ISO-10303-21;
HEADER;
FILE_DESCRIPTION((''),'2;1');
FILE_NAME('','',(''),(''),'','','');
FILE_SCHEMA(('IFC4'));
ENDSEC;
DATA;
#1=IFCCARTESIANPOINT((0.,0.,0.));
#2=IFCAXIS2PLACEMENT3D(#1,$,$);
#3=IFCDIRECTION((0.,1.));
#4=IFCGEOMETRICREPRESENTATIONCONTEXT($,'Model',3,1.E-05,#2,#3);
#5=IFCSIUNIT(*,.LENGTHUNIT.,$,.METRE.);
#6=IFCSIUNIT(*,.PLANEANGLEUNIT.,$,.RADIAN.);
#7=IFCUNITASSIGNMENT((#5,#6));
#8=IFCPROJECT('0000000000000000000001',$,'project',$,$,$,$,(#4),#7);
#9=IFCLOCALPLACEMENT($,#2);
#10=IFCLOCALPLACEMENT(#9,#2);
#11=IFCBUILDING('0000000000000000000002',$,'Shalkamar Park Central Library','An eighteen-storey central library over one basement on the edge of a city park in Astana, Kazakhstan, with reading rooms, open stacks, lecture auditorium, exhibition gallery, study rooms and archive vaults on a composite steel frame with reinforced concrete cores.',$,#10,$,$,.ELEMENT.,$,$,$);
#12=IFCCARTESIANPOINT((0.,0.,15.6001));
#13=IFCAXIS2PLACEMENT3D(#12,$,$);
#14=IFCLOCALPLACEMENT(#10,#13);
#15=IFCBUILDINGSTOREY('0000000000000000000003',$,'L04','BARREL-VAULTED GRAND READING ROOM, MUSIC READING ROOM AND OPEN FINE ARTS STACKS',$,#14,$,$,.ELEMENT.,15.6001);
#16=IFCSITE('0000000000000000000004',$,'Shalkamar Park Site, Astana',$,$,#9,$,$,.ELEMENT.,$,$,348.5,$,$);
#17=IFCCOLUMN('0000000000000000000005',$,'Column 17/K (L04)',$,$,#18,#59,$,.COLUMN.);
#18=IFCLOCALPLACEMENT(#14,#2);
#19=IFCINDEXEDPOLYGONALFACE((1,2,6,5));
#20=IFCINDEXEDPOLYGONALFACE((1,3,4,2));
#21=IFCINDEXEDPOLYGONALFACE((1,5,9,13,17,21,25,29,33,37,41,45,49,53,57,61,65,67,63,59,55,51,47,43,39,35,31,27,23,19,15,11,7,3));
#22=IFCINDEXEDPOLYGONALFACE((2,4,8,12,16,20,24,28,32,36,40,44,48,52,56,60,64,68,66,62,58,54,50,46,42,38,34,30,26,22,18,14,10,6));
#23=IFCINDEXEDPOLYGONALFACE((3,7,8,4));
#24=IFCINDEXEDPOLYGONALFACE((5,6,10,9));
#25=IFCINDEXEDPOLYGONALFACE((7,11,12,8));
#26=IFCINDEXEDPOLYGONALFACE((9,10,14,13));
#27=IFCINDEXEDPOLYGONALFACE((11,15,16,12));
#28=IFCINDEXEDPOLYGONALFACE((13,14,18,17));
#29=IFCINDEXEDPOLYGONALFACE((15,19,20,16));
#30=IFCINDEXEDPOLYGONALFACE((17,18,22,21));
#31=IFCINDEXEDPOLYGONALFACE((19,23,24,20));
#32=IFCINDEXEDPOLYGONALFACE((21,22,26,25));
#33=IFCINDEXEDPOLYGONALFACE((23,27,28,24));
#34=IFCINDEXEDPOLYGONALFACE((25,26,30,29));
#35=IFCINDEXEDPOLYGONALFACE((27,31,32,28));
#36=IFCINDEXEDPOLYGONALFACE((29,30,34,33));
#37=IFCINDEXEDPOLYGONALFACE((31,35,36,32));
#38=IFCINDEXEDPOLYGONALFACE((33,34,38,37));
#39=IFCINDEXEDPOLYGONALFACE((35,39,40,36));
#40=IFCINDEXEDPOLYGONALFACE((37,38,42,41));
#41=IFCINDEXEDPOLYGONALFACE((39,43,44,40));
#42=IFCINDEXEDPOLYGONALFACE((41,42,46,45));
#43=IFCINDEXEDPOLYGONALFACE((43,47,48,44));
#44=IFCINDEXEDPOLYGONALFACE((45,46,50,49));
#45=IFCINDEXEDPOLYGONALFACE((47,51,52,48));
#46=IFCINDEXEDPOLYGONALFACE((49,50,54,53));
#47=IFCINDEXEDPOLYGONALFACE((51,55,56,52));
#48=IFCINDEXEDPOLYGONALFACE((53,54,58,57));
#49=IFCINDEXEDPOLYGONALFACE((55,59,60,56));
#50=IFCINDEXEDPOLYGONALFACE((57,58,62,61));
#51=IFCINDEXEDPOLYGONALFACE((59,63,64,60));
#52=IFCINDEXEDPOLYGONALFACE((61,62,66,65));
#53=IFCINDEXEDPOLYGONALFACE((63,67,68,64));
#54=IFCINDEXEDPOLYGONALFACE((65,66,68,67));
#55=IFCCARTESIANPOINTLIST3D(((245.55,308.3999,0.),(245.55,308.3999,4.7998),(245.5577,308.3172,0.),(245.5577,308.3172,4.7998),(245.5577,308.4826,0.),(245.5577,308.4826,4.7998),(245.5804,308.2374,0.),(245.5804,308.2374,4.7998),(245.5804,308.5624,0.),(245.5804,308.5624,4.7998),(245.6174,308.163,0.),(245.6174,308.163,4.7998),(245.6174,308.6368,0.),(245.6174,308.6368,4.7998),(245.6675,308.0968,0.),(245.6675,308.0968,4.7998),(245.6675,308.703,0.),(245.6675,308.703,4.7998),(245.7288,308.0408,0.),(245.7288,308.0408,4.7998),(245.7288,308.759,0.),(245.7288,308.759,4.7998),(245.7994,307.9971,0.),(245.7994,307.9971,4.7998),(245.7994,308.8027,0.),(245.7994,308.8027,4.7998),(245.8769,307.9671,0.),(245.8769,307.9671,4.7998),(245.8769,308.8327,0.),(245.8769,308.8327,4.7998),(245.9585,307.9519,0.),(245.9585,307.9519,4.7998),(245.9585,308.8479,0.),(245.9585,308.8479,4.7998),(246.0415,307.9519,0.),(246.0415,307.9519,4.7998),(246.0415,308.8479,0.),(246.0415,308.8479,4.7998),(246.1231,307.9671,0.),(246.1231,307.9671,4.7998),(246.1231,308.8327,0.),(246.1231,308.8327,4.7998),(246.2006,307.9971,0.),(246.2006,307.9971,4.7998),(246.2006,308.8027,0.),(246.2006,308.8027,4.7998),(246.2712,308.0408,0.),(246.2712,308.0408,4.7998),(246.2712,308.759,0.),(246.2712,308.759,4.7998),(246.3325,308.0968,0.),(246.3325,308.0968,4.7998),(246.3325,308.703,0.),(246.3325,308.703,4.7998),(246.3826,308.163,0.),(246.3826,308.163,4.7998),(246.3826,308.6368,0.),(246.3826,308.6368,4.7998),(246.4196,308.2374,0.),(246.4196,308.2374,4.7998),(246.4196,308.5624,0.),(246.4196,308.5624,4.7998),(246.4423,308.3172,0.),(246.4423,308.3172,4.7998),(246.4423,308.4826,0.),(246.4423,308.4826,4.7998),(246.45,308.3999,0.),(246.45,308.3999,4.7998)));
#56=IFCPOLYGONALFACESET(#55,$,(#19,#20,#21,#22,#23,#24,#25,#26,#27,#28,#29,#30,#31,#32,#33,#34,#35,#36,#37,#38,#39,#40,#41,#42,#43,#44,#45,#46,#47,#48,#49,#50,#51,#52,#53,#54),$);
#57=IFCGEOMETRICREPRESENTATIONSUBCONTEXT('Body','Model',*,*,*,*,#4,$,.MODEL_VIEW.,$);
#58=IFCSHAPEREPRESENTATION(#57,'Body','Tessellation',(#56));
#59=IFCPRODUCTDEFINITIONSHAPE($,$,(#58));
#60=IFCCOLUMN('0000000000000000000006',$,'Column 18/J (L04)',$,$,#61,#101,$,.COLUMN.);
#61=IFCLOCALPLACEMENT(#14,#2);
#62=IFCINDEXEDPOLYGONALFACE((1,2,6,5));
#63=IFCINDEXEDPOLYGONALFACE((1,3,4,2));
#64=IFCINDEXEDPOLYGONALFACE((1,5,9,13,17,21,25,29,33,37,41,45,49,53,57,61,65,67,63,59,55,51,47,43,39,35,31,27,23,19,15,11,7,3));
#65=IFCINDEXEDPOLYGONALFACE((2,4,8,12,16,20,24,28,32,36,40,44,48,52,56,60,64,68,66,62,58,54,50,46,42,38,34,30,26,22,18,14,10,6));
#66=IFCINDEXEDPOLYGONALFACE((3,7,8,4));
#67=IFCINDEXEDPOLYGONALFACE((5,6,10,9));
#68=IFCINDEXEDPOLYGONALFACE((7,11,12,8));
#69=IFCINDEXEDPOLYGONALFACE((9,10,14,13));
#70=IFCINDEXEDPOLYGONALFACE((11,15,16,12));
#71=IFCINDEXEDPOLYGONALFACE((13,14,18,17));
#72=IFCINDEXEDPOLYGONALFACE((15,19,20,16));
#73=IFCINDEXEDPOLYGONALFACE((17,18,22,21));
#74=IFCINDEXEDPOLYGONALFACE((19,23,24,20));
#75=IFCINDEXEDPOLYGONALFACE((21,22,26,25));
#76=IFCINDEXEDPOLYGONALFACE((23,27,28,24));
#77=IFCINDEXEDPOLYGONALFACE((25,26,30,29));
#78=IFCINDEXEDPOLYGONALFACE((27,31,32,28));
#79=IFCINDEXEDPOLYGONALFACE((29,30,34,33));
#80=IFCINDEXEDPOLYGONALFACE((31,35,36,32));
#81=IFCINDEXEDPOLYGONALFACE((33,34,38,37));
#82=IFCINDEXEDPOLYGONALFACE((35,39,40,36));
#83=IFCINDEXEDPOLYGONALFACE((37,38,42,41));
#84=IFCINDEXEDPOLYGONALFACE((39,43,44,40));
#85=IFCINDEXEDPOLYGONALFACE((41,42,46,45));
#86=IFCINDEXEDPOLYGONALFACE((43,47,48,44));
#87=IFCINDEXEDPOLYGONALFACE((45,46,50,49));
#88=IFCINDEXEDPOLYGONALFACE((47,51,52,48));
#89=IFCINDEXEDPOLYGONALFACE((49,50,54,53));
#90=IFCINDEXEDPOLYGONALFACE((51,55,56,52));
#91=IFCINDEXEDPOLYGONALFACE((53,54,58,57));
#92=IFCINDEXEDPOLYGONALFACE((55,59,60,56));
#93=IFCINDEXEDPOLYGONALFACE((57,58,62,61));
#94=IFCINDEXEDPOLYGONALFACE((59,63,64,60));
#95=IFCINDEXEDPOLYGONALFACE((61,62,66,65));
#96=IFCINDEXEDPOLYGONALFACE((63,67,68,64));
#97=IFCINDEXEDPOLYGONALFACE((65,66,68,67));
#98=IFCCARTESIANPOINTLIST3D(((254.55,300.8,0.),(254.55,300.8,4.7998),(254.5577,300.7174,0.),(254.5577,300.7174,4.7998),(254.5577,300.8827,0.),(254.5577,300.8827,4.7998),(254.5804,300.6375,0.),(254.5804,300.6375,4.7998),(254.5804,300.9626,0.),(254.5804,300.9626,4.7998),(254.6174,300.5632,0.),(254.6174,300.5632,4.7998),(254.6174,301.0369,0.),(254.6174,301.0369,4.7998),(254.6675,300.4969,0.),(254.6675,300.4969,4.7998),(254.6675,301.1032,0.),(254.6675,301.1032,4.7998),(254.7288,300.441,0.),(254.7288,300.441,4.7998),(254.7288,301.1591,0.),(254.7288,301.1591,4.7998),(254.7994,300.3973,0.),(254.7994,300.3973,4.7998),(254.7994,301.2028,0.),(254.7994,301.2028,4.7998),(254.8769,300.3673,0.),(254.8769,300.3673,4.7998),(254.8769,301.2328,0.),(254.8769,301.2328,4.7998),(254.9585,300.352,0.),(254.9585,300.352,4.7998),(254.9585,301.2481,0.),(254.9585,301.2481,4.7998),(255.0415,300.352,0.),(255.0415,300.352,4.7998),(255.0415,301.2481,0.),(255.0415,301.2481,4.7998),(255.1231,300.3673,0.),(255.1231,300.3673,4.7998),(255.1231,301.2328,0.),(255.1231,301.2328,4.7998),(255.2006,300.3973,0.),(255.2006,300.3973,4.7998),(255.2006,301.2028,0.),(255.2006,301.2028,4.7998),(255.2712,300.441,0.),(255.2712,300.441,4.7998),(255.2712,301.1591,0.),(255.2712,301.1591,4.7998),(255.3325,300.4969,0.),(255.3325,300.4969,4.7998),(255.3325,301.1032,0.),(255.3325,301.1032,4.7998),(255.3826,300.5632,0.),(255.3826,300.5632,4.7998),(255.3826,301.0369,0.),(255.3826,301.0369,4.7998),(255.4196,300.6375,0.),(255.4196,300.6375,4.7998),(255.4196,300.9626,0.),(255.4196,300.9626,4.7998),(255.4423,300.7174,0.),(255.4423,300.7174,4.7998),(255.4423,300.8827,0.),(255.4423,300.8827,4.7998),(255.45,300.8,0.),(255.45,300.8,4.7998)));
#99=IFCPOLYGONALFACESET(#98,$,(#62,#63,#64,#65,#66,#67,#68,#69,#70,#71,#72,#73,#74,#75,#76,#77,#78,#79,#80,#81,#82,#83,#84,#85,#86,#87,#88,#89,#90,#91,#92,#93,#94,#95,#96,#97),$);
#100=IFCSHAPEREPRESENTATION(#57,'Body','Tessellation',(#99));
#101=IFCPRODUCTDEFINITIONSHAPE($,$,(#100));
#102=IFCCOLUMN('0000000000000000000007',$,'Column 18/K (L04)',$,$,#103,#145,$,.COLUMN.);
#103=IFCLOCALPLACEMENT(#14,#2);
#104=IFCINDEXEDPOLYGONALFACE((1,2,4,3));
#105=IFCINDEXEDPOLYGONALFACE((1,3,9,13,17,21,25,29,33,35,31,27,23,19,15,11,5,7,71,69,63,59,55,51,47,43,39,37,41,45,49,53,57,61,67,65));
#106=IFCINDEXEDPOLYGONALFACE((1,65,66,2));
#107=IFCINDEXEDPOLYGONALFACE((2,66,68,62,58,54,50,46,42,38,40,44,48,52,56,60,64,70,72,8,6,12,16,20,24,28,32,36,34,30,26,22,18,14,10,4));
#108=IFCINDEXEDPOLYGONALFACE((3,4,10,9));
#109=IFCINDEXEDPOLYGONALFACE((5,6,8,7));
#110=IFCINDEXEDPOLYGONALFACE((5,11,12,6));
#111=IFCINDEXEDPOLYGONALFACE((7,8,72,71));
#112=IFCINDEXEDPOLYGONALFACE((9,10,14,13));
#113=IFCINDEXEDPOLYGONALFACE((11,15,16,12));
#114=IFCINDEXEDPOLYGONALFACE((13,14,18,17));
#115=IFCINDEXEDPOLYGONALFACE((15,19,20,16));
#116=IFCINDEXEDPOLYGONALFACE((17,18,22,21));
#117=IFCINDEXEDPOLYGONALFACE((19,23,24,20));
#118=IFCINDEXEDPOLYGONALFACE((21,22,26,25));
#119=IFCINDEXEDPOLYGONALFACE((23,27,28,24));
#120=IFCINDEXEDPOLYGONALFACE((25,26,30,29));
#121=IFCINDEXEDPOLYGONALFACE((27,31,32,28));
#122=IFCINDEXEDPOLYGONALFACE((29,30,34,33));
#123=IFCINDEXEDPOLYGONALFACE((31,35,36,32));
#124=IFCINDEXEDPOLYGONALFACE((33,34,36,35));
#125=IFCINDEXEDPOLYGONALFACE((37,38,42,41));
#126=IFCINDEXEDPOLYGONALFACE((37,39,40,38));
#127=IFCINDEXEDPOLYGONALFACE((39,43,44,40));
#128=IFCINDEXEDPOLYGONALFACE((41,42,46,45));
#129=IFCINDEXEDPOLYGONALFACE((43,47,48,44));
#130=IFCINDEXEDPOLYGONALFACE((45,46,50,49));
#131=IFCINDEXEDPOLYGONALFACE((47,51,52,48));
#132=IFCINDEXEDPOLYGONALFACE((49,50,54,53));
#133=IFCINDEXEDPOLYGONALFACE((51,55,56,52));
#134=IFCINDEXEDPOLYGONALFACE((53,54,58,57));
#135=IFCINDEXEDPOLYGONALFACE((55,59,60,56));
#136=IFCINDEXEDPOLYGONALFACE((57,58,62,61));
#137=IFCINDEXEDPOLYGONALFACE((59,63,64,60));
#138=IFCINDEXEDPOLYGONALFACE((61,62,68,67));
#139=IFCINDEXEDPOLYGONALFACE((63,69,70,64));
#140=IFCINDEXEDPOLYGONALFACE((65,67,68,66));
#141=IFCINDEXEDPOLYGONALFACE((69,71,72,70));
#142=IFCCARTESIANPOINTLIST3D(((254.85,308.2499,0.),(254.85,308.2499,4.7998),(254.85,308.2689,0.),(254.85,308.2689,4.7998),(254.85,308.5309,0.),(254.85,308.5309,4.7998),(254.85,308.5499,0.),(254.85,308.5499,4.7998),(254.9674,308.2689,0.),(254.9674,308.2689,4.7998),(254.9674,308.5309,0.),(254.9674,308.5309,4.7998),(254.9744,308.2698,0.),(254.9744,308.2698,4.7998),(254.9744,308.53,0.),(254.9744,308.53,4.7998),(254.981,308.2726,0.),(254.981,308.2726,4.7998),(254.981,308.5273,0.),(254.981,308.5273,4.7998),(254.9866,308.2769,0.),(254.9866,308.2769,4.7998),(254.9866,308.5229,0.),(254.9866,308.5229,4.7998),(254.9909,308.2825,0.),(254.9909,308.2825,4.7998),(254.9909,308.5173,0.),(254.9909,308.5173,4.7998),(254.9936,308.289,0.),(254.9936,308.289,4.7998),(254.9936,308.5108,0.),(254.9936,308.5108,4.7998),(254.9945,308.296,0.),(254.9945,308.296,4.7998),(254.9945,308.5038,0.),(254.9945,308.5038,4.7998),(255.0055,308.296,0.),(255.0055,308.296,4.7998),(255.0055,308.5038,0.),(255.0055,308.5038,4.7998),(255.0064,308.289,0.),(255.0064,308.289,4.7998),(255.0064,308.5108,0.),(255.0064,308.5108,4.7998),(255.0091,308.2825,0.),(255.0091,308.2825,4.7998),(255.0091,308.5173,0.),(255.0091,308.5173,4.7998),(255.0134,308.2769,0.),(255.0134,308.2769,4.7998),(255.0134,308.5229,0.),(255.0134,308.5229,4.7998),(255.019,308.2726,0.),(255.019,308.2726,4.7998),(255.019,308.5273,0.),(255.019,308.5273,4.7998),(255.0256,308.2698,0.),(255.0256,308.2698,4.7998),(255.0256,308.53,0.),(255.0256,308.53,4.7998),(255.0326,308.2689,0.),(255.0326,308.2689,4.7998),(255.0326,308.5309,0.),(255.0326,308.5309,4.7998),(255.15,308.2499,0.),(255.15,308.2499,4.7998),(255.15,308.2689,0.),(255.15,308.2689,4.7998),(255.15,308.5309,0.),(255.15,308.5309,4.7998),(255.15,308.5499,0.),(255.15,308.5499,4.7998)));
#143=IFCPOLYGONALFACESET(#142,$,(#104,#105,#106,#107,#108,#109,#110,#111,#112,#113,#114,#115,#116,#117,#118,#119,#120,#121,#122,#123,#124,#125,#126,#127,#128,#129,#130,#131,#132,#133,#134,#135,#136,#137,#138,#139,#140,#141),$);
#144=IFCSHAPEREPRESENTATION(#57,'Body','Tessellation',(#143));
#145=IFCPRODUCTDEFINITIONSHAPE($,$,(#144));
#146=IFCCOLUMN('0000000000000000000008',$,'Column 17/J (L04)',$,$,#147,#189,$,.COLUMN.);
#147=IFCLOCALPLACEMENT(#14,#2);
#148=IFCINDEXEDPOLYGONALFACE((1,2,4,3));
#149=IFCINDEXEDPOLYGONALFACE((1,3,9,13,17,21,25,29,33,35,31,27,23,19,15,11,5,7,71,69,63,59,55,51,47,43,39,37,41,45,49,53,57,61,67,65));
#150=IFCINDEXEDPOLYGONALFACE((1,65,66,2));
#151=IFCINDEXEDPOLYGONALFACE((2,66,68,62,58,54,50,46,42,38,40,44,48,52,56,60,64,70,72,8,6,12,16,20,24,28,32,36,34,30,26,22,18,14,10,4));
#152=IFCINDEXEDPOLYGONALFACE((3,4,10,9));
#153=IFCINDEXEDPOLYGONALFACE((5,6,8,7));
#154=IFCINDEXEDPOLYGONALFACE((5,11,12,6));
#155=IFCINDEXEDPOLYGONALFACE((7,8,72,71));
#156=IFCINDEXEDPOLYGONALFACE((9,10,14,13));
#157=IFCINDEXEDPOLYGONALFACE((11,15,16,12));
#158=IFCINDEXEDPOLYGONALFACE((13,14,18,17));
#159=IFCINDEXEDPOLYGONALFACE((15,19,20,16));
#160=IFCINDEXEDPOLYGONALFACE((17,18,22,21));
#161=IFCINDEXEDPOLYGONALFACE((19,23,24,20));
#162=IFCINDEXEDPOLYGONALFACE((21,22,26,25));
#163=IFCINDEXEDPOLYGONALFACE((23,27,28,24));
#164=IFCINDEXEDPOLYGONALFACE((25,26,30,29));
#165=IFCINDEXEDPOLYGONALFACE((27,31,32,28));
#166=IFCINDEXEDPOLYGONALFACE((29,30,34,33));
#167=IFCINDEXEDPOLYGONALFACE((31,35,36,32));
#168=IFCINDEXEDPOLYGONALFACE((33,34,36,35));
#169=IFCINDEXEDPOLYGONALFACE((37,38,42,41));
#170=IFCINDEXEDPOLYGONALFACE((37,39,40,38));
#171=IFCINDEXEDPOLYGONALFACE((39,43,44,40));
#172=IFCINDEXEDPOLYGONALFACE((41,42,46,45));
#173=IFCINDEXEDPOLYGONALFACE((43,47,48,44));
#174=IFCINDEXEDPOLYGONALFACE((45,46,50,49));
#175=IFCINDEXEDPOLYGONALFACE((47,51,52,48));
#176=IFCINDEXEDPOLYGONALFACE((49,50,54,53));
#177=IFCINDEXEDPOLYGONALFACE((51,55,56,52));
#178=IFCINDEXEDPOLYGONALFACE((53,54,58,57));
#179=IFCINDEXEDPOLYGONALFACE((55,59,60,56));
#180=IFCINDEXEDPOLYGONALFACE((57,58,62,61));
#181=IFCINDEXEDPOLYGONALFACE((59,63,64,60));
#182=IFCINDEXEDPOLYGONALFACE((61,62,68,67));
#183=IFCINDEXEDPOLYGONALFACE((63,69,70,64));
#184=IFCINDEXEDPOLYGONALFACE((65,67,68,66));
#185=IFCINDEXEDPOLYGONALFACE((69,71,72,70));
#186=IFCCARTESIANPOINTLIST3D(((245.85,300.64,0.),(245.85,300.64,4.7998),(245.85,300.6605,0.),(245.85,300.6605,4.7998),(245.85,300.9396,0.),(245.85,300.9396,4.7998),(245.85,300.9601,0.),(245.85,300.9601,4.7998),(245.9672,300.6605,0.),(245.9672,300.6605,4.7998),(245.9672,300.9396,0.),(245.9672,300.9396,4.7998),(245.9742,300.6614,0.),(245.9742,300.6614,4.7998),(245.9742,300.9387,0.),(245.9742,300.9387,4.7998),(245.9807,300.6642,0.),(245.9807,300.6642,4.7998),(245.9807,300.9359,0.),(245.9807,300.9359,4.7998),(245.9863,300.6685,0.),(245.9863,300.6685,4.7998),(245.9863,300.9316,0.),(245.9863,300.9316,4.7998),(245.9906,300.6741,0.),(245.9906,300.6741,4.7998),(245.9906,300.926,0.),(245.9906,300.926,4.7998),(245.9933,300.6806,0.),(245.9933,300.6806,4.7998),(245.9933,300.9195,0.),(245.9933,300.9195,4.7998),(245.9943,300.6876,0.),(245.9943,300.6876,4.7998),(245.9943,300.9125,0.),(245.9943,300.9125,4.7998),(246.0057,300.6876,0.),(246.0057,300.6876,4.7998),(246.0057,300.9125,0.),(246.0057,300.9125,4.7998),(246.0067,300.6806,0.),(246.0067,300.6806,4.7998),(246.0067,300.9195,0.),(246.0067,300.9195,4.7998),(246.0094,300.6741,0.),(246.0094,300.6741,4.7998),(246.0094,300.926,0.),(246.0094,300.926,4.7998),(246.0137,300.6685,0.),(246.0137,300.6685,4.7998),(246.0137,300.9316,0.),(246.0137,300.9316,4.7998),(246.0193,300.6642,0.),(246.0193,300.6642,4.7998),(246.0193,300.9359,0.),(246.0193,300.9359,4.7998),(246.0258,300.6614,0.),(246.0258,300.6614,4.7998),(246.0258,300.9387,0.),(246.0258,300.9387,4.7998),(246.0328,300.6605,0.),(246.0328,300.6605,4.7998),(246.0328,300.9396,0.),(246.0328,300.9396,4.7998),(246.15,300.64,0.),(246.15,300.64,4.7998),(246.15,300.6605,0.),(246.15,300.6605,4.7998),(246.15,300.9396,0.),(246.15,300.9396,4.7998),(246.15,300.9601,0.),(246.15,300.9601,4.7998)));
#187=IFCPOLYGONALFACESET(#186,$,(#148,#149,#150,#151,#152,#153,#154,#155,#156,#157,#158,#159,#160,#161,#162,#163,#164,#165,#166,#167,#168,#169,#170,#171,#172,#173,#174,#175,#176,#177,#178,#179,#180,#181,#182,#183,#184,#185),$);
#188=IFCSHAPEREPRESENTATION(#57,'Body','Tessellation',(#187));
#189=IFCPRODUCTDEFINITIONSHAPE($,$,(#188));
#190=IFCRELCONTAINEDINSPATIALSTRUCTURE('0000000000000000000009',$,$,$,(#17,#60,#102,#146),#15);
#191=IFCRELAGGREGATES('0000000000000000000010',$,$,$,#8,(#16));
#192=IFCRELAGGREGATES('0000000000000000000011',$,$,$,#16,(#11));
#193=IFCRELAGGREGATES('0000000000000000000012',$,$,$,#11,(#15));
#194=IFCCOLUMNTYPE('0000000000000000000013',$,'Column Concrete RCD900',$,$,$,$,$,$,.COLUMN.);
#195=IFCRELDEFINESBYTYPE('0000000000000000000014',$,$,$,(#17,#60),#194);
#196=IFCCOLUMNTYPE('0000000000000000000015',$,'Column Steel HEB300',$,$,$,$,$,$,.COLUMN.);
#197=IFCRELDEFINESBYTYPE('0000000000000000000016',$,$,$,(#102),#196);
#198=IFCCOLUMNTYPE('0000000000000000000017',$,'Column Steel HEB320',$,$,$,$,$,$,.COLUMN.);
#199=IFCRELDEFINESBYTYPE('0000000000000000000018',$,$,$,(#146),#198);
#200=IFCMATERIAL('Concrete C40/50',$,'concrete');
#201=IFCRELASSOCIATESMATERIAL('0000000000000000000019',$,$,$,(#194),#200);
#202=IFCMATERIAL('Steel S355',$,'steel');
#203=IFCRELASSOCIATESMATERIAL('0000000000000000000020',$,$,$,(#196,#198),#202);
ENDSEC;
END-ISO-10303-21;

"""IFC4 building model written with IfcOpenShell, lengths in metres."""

from ifc_helpers import new_model, si_unit, direction, frame, origin, origin_2d, place, context, subcontext, project, spatial, circle, i_section, extrude, material, material_profile, profile_set, type_object, element, save


model = new_model("IFC4")

# Units and contexts
model_context = context("Model", 3, precision=1e-05, world=origin(), true_north=direction((0.0, 1.0)))
body_context = subcontext(model_context, "Body", "Model", "MODEL_VIEW")
ifc_project = project(units=[si_unit("LENGTHUNIT", "METRE"), si_unit("PLANEANGLEUNIT", "RADIAN")], contexts=[model_context])

# Site, building, storey
site_placement = place(None, origin())
site = spatial("IfcSite", under=ifc_project, at=site_placement, Name="Shalkamar Park Site, Astana", CompositionType="ELEMENT", RefElevation=348.5)
building_placement = place(site_placement, origin())
building = spatial("IfcBuilding", under=site, at=building_placement, Name="Shalkamar Park Central Library", Description="An eighteen-storey central library over one basement on the edge of a city park in Astana, Kazakhstan, with reading rooms, open stacks, lecture auditorium, exhibition gallery, study rooms and archive vaults on a composite steel frame with reinforced concrete cores.", CompositionType="ELEMENT")
storey_placement = place(building_placement, frame((0.0, 0.0, 15.6001)))
storey = spatial("IfcBuildingStorey", under=building, at=storey_placement, Name="L04", Description="BARREL-VAULTED GRAND READING ROOM, MUSIC READING ROOM AND OPEN FINE ARTS STACKS", CompositionType="ELEMENT", Elevation=15.6001)

# Columns
ifc_material_1 = material(Name="Concrete C40/50", Category="concrete")
ifc_material_profile_1 = material_profile(ifc_material_1, circle(Radius=0.45, at=origin_2d()), Name="RC D900")
ifc_profile_set_1 = profile_set([ifc_material_profile_1], Name="Concrete C40/50")
column_type_1 = type_object("IfcColumnType", Name="Column Concrete RCD900", PredefinedType="COLUMN", material=ifc_profile_set_1)
for number, where, z_axis, x_axis, name in (
    (1, (246.0, 308.3999, 0.0), (0.0, 0.0, 1.0), (1.0, 0.0, 0.0), "Column 17/K (L04)"),
    (2, (255.0, 300.8, 0.0), (0.0, 0.0, 1.0), (1.0, 0.0, 0.0), "Column 18/J (L04)"),
):
    element("IfcColumn", number, at=place(storey_placement, frame(where, z_axis=z_axis, x_axis=x_axis)), inside=storey, type_object=column_type_1, Name=name, PredefinedType="COLUMN", context=body_context, shape_type="SweptSolid", body=[
        extrude(circle(Radius=0.45, at=origin_2d()), origin(), (0.0, 0.0, 1.0), 4.7998),
    ])
ifc_material_2 = material(Name="Steel S355", Category="steel")
ifc_material_profile_2 = material_profile(ifc_material_2, i_section(OverallWidth=0.3, OverallDepth=0.3, WebThickness=0.011, FlangeThickness=0.019, FilletRadius=0.0271, at=origin_2d()), Name="HEB 300")
ifc_profile_set_2 = profile_set([ifc_material_profile_2], Name="Steel S355")
column_type_2 = type_object("IfcColumnType", Name="Column Steel HEB300", PredefinedType="COLUMN", material=ifc_profile_set_2)
column_placement = place(storey_placement, frame((255.0, 308.3999, 0.0), z_axis=(0.0, 0.0, 1.0), x_axis=(1.0, 0.0, 0.0)))
element("IfcColumn", 3, at=column_placement, inside=storey, type_object=column_type_2, Name="Column 18/K (L04)", PredefinedType="COLUMN", context=body_context, shape_type="SweptSolid", body=[
    extrude(i_section(OverallWidth=0.3, OverallDepth=0.3, WebThickness=0.011, FlangeThickness=0.019, FilletRadius=0.0271, at=origin_2d()), origin(), (0.0, 0.0, 1.0), 4.7998),
])
ifc_material_profile_3 = material_profile(ifc_material_2, i_section(OverallWidth=0.3, OverallDepth=0.3201, WebThickness=0.0115, FlangeThickness=0.0205, FilletRadius=0.0271, at=origin_2d()), Name="HEB 320")
ifc_profile_set_3 = profile_set([ifc_material_profile_3], Name="Steel S355")
column_type_3 = type_object("IfcColumnType", Name="Column Steel HEB320", PredefinedType="COLUMN", material=ifc_profile_set_3)
for number, where, z_axis, x_axis, name in (
    (4, (246.0, 300.8, 0.0), (0.0, 0.0, 1.0), (1.0, 0.0, 0.0), "Column 17/J (L04)"),
):
    element("IfcColumn", number, at=place(storey_placement, frame(where, z_axis=z_axis, x_axis=x_axis)), inside=storey, type_object=column_type_3, Name=name, PredefinedType="COLUMN", context=body_context, shape_type="SweptSolid", body=[
        extrude(i_section(OverallWidth=0.3, OverallDepth=0.3201, WebThickness=0.0115, FlangeThickness=0.0205, FilletRadius=0.0271, at=origin_2d()), origin(), (0.0, 0.0, 1.0), 4.7998),
    ])

save(model, "model.ifc")
